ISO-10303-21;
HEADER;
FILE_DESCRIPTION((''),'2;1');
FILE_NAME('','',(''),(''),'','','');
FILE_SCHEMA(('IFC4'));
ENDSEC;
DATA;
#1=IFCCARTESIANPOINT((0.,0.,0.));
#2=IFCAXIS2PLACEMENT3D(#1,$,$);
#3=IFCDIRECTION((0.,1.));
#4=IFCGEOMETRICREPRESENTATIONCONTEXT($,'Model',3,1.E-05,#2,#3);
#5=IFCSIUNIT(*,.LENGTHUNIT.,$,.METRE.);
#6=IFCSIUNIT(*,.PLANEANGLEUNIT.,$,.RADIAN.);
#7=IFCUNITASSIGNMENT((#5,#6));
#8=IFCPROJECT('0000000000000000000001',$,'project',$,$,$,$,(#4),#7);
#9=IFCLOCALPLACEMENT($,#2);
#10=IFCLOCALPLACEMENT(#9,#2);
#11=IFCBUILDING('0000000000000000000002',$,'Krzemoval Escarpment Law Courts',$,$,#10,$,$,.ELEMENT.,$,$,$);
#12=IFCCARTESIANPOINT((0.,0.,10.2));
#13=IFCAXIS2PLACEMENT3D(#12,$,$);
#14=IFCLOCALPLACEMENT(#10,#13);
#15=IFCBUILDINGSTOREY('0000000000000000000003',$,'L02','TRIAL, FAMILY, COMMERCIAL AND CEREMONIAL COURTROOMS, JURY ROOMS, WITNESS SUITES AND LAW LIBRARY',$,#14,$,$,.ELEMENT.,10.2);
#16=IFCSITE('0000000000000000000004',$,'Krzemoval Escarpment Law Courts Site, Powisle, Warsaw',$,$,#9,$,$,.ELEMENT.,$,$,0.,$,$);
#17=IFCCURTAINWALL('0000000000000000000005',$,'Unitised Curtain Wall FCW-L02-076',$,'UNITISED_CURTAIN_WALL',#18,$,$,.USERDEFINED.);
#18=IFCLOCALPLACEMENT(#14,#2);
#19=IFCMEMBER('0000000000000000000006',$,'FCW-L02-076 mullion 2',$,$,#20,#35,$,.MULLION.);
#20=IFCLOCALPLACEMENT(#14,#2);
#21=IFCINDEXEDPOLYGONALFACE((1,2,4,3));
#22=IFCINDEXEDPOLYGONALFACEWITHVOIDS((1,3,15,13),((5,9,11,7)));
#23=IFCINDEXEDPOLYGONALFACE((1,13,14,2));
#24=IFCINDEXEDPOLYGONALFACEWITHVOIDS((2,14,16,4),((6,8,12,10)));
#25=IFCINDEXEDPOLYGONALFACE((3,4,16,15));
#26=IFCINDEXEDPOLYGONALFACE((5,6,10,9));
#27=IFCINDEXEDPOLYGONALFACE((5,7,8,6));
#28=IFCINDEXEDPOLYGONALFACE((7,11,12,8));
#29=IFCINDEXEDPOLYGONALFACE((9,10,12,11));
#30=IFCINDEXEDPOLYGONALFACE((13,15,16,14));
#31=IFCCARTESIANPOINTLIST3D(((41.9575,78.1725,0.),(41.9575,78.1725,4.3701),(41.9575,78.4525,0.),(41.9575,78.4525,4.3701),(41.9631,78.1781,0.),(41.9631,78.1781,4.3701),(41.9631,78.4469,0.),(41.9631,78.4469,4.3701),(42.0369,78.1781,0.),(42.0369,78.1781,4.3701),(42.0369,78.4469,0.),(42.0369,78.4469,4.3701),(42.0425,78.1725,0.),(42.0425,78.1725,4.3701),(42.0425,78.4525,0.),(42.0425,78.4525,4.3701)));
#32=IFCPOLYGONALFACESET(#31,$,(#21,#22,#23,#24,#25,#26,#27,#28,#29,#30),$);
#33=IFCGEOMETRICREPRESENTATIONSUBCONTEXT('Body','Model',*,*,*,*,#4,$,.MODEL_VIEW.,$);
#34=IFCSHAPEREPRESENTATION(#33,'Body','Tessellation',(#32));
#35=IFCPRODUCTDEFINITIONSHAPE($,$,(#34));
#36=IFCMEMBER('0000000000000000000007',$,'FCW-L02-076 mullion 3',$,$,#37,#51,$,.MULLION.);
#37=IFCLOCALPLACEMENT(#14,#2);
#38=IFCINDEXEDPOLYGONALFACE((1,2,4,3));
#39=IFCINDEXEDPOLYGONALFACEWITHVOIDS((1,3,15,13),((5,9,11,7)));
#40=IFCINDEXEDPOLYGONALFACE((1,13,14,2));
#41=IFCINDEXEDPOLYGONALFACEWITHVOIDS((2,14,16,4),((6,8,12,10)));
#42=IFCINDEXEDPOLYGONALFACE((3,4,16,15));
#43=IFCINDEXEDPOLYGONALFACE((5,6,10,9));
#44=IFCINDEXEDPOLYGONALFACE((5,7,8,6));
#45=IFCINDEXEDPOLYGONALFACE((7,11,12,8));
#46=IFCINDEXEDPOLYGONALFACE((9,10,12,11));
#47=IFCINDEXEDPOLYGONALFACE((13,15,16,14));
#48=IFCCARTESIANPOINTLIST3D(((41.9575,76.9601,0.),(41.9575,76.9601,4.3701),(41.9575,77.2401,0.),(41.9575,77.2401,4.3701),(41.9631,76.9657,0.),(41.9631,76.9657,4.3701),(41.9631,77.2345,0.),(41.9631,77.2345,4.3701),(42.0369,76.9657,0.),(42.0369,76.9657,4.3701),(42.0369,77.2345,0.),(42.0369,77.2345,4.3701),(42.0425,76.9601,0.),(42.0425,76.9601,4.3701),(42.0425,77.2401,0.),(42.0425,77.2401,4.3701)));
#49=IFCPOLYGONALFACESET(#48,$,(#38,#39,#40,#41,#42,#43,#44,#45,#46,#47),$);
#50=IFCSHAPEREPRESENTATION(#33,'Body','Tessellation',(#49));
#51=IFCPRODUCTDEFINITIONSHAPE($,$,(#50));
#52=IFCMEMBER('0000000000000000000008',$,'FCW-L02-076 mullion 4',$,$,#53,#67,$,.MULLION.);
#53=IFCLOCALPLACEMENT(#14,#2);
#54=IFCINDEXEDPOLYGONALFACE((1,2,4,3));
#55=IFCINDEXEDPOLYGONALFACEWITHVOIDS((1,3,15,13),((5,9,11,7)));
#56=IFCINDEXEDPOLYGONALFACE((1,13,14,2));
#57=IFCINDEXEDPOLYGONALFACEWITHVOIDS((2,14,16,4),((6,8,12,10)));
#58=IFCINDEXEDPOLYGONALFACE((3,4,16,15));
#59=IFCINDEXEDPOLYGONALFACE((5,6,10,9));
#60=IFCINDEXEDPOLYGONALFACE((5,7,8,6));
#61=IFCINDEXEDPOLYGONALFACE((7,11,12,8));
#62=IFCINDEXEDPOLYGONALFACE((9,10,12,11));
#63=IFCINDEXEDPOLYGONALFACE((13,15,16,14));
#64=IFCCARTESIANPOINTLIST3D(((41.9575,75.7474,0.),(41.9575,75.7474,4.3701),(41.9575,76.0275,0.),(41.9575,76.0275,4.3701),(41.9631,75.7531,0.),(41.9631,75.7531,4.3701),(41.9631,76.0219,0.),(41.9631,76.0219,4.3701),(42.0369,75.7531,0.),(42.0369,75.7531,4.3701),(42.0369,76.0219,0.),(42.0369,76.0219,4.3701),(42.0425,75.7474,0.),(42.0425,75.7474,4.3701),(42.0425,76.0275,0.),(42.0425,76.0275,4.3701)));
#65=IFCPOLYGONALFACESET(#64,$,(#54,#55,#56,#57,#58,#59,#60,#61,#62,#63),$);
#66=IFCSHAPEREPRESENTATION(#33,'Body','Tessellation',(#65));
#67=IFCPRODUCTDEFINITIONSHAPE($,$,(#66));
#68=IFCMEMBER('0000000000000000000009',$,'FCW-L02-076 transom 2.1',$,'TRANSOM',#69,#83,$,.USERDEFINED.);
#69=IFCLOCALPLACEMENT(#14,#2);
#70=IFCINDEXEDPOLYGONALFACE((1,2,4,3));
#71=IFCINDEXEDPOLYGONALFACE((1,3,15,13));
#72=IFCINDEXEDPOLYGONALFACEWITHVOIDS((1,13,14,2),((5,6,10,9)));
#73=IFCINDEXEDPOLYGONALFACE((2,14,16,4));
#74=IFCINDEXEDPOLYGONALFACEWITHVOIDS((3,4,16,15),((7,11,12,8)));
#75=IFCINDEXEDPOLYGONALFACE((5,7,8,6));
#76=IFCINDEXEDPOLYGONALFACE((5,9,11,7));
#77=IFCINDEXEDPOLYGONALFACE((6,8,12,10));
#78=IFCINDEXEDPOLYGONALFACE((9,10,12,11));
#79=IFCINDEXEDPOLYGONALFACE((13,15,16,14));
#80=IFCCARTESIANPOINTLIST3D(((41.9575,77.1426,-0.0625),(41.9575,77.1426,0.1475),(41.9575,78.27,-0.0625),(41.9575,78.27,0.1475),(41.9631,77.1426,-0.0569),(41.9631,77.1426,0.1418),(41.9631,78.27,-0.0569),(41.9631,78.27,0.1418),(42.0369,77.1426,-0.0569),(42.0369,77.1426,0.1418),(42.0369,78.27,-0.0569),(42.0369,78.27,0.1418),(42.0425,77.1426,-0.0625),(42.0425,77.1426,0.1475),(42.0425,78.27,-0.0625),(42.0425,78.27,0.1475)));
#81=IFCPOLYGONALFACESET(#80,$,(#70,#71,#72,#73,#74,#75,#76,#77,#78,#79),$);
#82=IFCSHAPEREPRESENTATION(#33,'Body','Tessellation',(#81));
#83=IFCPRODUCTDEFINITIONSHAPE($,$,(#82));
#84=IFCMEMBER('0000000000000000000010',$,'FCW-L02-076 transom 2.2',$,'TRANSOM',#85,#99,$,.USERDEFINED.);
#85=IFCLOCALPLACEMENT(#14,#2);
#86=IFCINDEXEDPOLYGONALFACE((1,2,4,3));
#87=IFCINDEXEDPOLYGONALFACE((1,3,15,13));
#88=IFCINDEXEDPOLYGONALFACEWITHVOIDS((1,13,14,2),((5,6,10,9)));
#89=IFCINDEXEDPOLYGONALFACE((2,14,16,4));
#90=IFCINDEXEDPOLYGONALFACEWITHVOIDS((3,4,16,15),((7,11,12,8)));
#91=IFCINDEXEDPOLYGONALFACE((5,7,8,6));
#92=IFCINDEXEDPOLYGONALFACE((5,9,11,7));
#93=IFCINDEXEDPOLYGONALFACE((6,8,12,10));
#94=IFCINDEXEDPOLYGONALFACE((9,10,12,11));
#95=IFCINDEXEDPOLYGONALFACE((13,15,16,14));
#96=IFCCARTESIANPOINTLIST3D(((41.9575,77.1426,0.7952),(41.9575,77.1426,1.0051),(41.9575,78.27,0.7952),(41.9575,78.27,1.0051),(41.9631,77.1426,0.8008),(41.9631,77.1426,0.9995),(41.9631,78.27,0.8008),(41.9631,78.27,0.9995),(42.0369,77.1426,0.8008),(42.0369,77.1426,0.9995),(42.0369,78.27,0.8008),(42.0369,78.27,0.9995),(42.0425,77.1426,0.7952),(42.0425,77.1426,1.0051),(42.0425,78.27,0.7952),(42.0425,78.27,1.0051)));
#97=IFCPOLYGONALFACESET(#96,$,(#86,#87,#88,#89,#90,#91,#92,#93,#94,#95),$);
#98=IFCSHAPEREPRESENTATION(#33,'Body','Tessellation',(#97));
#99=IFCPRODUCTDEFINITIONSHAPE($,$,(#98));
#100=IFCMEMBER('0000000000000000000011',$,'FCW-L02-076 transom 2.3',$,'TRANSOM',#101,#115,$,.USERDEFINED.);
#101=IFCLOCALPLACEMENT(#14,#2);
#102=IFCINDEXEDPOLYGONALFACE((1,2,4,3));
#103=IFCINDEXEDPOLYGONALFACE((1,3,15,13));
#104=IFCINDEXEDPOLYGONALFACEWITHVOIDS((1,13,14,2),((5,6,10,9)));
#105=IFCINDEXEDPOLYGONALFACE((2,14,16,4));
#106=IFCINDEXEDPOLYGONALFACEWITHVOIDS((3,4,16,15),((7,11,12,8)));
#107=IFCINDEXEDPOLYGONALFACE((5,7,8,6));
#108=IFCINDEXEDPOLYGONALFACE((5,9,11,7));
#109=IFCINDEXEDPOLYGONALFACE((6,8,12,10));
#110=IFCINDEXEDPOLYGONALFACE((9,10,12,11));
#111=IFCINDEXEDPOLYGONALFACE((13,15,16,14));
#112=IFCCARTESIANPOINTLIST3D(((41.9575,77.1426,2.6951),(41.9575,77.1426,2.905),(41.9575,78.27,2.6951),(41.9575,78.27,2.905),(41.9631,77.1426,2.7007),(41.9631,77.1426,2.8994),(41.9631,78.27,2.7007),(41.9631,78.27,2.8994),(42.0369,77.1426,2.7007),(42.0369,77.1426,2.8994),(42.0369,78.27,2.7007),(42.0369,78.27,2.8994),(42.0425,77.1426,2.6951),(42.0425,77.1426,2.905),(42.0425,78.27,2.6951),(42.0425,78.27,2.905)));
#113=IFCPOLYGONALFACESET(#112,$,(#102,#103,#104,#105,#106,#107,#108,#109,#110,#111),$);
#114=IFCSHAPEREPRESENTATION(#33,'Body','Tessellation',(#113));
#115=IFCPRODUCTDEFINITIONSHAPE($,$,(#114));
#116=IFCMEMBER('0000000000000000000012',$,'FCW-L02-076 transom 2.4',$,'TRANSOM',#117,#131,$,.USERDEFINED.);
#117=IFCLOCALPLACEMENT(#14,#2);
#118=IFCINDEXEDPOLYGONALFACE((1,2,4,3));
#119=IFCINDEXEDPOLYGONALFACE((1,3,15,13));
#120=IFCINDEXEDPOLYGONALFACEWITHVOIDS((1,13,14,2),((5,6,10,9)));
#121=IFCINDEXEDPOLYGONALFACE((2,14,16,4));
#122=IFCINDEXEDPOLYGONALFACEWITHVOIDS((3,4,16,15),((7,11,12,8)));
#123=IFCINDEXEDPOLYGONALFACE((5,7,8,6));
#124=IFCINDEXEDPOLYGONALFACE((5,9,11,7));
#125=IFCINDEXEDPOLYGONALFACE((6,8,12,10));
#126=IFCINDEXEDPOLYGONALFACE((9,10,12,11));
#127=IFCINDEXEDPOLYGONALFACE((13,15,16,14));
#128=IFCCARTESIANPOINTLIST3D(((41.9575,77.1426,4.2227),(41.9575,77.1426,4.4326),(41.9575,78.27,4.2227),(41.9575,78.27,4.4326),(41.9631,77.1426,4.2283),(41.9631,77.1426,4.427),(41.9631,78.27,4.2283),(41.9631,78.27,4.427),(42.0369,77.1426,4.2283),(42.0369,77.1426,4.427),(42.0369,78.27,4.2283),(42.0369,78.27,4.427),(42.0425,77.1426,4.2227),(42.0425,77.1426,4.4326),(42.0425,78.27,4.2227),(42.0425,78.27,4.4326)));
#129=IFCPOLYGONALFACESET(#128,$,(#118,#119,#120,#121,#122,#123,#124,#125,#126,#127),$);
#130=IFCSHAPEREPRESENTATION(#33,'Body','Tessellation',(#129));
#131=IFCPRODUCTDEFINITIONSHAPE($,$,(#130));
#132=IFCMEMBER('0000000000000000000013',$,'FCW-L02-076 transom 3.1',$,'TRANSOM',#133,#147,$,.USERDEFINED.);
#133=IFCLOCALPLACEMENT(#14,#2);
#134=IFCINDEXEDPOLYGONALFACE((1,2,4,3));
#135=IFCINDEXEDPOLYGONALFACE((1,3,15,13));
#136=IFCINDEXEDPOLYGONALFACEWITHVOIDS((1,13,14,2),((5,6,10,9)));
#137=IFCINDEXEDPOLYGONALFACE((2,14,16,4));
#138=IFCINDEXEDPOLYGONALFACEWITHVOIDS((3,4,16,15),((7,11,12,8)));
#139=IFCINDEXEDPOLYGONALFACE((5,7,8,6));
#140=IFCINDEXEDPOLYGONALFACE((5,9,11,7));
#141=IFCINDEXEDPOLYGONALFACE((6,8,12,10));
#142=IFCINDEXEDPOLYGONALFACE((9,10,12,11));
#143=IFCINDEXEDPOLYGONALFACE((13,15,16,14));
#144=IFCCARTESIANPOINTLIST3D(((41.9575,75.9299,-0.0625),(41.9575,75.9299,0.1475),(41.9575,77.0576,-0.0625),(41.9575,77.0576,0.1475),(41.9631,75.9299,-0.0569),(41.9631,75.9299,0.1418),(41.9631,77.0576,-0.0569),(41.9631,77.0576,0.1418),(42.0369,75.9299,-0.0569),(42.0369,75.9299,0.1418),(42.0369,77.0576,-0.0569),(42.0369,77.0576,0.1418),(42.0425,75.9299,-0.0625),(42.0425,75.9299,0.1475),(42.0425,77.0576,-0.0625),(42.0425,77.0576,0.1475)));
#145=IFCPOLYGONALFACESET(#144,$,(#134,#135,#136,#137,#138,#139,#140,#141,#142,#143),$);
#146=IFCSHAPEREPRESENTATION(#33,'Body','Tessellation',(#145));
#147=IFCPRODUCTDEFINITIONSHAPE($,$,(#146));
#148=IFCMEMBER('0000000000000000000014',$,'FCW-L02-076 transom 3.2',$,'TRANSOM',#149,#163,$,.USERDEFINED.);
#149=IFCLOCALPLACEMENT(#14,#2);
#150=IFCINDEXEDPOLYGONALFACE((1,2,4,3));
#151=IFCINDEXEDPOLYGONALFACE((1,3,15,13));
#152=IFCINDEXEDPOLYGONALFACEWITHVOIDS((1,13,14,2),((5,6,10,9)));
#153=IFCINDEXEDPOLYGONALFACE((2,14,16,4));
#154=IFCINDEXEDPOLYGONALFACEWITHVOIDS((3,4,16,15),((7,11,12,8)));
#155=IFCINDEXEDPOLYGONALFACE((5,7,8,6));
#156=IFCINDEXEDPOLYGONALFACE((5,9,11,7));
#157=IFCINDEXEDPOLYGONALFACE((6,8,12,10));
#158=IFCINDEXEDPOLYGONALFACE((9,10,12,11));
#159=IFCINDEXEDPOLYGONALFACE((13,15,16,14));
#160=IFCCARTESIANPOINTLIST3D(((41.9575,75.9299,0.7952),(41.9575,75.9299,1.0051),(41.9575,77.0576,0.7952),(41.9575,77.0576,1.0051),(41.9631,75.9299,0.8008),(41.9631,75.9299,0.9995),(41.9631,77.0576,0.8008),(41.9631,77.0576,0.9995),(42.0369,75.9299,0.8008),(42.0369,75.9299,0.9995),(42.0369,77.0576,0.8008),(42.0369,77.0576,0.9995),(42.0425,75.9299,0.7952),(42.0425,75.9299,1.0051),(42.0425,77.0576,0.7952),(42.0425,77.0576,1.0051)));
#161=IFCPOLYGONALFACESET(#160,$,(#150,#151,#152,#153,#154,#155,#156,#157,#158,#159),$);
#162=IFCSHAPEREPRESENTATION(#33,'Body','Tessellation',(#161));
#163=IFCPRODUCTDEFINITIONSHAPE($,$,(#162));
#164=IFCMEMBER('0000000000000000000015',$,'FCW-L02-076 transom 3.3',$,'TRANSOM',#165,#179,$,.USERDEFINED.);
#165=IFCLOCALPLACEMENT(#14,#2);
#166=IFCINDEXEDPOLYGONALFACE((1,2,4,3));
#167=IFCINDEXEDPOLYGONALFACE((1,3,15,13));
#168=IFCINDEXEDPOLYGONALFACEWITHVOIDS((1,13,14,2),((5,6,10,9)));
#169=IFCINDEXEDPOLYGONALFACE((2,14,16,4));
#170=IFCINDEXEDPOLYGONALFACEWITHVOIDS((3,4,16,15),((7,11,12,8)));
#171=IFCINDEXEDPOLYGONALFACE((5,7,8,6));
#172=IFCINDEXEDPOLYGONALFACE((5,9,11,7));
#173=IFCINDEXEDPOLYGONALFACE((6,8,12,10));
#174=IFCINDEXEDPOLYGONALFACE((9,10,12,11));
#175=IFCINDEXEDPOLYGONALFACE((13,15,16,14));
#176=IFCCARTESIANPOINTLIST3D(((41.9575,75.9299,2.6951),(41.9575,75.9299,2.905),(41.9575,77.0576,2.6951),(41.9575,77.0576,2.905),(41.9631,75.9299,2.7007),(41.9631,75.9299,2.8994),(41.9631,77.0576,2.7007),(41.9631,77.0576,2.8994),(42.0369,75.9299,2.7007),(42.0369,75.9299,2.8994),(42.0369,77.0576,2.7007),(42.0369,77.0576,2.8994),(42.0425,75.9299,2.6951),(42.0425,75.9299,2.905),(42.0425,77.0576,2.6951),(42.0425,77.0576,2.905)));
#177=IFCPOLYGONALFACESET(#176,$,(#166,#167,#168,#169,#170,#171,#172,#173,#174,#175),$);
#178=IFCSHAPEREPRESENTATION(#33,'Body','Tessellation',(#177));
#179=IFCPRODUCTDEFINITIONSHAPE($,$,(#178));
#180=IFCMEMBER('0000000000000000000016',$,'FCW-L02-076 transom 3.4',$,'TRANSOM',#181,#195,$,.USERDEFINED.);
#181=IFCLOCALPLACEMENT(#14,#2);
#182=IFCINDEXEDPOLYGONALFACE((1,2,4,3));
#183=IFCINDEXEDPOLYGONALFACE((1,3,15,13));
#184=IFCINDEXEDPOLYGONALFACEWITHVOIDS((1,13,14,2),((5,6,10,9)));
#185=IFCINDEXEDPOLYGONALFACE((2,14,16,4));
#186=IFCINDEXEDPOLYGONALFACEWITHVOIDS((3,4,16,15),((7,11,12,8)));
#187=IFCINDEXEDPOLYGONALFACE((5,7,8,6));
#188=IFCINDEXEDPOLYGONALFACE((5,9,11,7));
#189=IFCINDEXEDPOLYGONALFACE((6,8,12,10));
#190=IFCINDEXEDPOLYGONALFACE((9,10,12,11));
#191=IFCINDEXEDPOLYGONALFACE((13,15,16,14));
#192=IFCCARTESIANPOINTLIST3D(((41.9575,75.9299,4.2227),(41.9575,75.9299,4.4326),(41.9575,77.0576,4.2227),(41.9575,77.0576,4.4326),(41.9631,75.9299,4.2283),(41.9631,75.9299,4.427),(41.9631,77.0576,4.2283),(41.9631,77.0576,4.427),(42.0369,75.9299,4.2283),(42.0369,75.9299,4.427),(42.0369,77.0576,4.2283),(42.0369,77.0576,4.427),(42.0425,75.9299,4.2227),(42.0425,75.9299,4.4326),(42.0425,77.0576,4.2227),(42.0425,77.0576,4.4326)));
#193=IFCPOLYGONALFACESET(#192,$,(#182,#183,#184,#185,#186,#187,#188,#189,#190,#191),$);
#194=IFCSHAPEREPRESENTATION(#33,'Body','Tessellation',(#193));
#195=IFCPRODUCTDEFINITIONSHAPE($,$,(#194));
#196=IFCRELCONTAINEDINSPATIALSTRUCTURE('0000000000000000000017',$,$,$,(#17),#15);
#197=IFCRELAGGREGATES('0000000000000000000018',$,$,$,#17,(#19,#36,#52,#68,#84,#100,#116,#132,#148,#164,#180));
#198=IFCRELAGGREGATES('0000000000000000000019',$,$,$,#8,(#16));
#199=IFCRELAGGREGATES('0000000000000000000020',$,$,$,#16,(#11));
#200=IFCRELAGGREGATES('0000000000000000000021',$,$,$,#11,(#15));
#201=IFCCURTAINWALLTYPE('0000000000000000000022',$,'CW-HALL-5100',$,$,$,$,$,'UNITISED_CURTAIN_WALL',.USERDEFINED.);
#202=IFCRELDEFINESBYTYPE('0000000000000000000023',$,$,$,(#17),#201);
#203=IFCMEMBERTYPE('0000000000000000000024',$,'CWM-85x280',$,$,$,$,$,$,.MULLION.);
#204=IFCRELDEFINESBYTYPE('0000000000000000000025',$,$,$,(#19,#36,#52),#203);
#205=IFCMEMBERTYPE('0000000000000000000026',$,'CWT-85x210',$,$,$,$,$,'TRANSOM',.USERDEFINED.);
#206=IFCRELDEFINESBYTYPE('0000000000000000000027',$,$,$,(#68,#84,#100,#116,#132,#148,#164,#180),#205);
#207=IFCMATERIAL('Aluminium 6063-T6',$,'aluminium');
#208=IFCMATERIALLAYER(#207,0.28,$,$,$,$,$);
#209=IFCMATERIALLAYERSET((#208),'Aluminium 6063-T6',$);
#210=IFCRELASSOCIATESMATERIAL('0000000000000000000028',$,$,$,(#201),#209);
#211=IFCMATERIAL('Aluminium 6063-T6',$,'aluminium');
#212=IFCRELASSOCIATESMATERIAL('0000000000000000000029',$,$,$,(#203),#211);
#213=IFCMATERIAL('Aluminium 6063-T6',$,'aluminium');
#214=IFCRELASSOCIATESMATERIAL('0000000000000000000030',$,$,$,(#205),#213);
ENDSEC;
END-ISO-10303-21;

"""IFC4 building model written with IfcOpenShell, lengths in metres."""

from ifc_helpers import new_model, si_unit, direction, frame, origin, origin_2d, place, context, subcontext, project, spatial, hollow_rectangle, extrude, material, layer, layer_set, material_profile, profile_set, type_object, element, aggregate, save


model = new_model("IFC4")

# Units and contexts
model_context = context("Model", 3, precision=1e-05, world=origin(), true_north=direction((0.0, 1.0)))
body_context = subcontext(model_context, "Body", "Model", "MODEL_VIEW")
ifc_project = project(units=[si_unit("LENGTHUNIT", "METRE"), si_unit("PLANEANGLEUNIT", "RADIAN")], contexts=[model_context])

# Site, building, storey
site_placement = place(None, origin())
site = spatial("IfcSite", under=ifc_project, at=site_placement, Name="Krzemoval Escarpment Law Courts Site, Powisle, Warsaw", CompositionType="ELEMENT", RefElevation=0.0)
building_placement = place(site_placement, origin())
building = spatial("IfcBuilding", under=site, at=building_placement, Name="Krzemoval Escarpment Law Courts", CompositionType="ELEMENT")
storey_placement = place(building_placement, frame((0.0, 0.0, 10.2)))
storey = spatial("IfcBuildingStorey", under=building, at=storey_placement, Name="L02", Description="TRIAL, FAMILY, COMMERCIAL AND CEREMONIAL COURTROOMS, JURY ROOMS, WITNESS SUITES AND LAW LIBRARY", CompositionType="ELEMENT", Elevation=10.2)

# Curtain wall, members
ifc_material_1 = material(Name="Aluminium 6063-T6", Category="aluminium")
ifc_layer_1 = layer(ifc_material_1, 0.28)
ifc_layer_set_1 = layer_set([ifc_layer_1], Name="Aluminium 6063-T6")
curtain_wall_type = type_object("IfcCurtainWallType", Name="CW-HALL-5100", ElementType="UNITISED_CURTAIN_WALL", PredefinedType="USERDEFINED", material=ifc_layer_set_1)
curtain_wall_placement = place(storey_placement, origin())
curtain_wall = element("IfcCurtainWall", 1, at=curtain_wall_placement, inside=storey, type_object=curtain_wall_type, Name="Unitised Curtain Wall FCW-L02-076", ObjectType="UNITISED_CURTAIN_WALL", PredefinedType="USERDEFINED")
ifc_material_2 = material(Name="Aluminium 6063-T6", Category="aluminium")
ifc_material_profile_1 = material_profile(ifc_material_2, hollow_rectangle(XDim=0.085, YDim=0.28, WallThickness=0.0056, at=origin_2d()), Name="ALU M85x280")
ifc_profile_set_1 = profile_set([ifc_material_profile_1], Name="Aluminium 6063-T6")
member_type_1 = type_object("IfcMemberType", Name="CWM-85x280", PredefinedType="MULLION", material=ifc_profile_set_1)
member_1_placement = place(storey_placement, frame((42.0, 78.3125, 0.0), z_axis=(0.0, 0.0, 1.0), x_axis=(1.0, 0.0, 0.0)))
member_1 = element("IfcMember", 2, at=member_1_placement, type_object=member_type_1, Name="FCW-L02-076 mullion 2", PredefinedType="MULLION", context=body_context, shape_type="SweptSolid", body=[
    extrude(hollow_rectangle(XDim=0.085, YDim=0.28, WallThickness=0.0056, at=origin_2d()), origin(), (0.0, 0.0, 1.0), 4.3701),
])
member_2_placement = place(storey_placement, frame((42.0, 77.1001, 0.0), z_axis=(0.0, 0.0, 1.0), x_axis=(1.0, 0.0, 0.0)))
member_2 = element("IfcMember", 3, at=member_2_placement, type_object=member_type_1, Name="FCW-L02-076 mullion 3", PredefinedType="MULLION", context=body_context, shape_type="SweptSolid", body=[
    extrude(hollow_rectangle(XDim=0.085, YDim=0.28, WallThickness=0.0056, at=origin_2d()), origin(), (0.0, 0.0, 1.0), 4.3701),
])
member_3_placement = place(storey_placement, frame((42.0, 75.8875, 0.0), z_axis=(0.0, 0.0, 1.0), x_axis=(1.0, 0.0, 0.0)))
member_3 = element("IfcMember", 4, at=member_3_placement, type_object=member_type_1, Name="FCW-L02-076 mullion 4", PredefinedType="MULLION", context=body_context, shape_type="SweptSolid", body=[
    extrude(hollow_rectangle(XDim=0.085, YDim=0.28, WallThickness=0.0056, at=origin_2d()), origin(), (0.0, 0.0, 1.0), 4.3701),
])
ifc_material_3 = material(Name="Aluminium 6063-T6", Category="aluminium")
ifc_material_profile_2 = material_profile(ifc_material_3, hollow_rectangle(XDim=0.085, YDim=0.21, WallThickness=0.0056, at=origin_2d()), Name="ALU T85x210")
ifc_profile_set_2 = profile_set([ifc_material_profile_2], Name="Aluminium 6063-T6")
member_type_2 = type_object("IfcMemberType", Name="CWT-85x210", ElementType="TRANSOM", PredefinedType="USERDEFINED", material=ifc_profile_set_2)
member_4_placement = place(storey_placement, frame((42.0, 78.27, 0.0425), z_axis=(0.0, -1.0, 0.0), x_axis=(1.0, 0.0, 0.0)))
member_4 = element("IfcMember", 5, at=member_4_placement, type_object=member_type_2, Name="FCW-L02-076 transom 2.1", ObjectType="TRANSOM", PredefinedType="USERDEFINED", context=body_context, shape_type="SweptSolid", body=[
    extrude(hollow_rectangle(XDim=0.085, YDim=0.21, WallThickness=0.0056, at=origin_2d()), origin(), (0.0, 0.0, 1.0), 1.1274),
])
member_5_placement = place(storey_placement, frame((42.0, 78.27, 0.9001), z_axis=(0.0, -1.0, 0.0), x_axis=(1.0, 0.0, 0.0)))
member_5 = element("IfcMember", 6, at=member_5_placement, type_object=member_type_2, Name="FCW-L02-076 transom 2.2", ObjectType="TRANSOM", PredefinedType="USERDEFINED", context=body_context, shape_type="SweptSolid", body=[
    extrude(hollow_rectangle(XDim=0.085, YDim=0.21, WallThickness=0.0056, at=origin_2d()), origin(), (0.0, 0.0, 1.0), 1.1274),
])
member_6_placement = place(storey_placement, frame((42.0, 78.27, 2.8), z_axis=(0.0, -1.0, 0.0), x_axis=(1.0, 0.0, 0.0)))
member_6 = element("IfcMember", 7, at=member_6_placement, type_object=member_type_2, Name="FCW-L02-076 transom 2.3", ObjectType="TRANSOM", PredefinedType="USERDEFINED", context=body_context, shape_type="SweptSolid", body=[
    extrude(hollow_rectangle(XDim=0.085, YDim=0.21, WallThickness=0.0056, at=origin_2d()), origin(), (0.0, 0.0, 1.0), 1.1274),
])
member_7_placement = place(storey_placement, frame((42.0, 78.27, 4.3276), z_axis=(0.0, -1.0, 0.0), x_axis=(1.0, 0.0, 0.0)))
member_7 = element("IfcMember", 8, at=member_7_placement, type_object=member_type_2, Name="FCW-L02-076 transom 2.4", ObjectType="TRANSOM", PredefinedType="USERDEFINED", context=body_context, shape_type="SweptSolid", body=[
    extrude(hollow_rectangle(XDim=0.085, YDim=0.21, WallThickness=0.0056, at=origin_2d()), origin(), (0.0, 0.0, 1.0), 1.1274),
])
member_8_placement = place(storey_placement, frame((42.0, 77.0576, 0.0425), z_axis=(0.0, -1.0, 0.0), x_axis=(1.0, 0.0, 0.0)))
member_8 = element("IfcMember", 9, at=member_8_placement, type_object=member_type_2, Name="FCW-L02-076 transom 3.1", ObjectType="TRANSOM", PredefinedType="USERDEFINED", context=body_context, shape_type="SweptSolid", body=[
    extrude(hollow_rectangle(XDim=0.085, YDim=0.21, WallThickness=0.0056, at=origin_2d()), origin(), (0.0, 0.0, 1.0), 1.1277),
])
member_9_placement = place(storey_placement, frame((42.0, 77.0576, 0.9001), z_axis=(0.0, -1.0, 0.0), x_axis=(1.0, 0.0, 0.0)))
member_9 = element("IfcMember", 10, at=member_9_placement, type_object=member_type_2, Name="FCW-L02-076 transom 3.2", ObjectType="TRANSOM", PredefinedType="USERDEFINED", context=body_context, shape_type="SweptSolid", body=[
    extrude(hollow_rectangle(XDim=0.085, YDim=0.21, WallThickness=0.0056, at=origin_2d()), origin(), (0.0, 0.0, 1.0), 1.1277),
])
member_10_placement = place(storey_placement, frame((42.0, 77.0576, 2.8), z_axis=(0.0, -1.0, 0.0), x_axis=(1.0, 0.0, 0.0)))
member_10 = element("IfcMember", 11, at=member_10_placement, type_object=member_type_2, Name="FCW-L02-076 transom 3.3", ObjectType="TRANSOM", PredefinedType="USERDEFINED", context=body_context, shape_type="SweptSolid", body=[
    extrude(hollow_rectangle(XDim=0.085, YDim=0.21, WallThickness=0.0056, at=origin_2d()), origin(), (0.0, 0.0, 1.0), 1.1277),
])
member_11_placement = place(storey_placement, frame((42.0, 77.0576, 4.3276), z_axis=(0.0, -1.0, 0.0), x_axis=(1.0, 0.0, 0.0)))
member_11 = element("IfcMember", 12, at=member_11_placement, type_object=member_type_2, Name="FCW-L02-076 transom 3.4", ObjectType="TRANSOM", PredefinedType="USERDEFINED", context=body_context, shape_type="SweptSolid", body=[
    extrude(hollow_rectangle(XDim=0.085, YDim=0.21, WallThickness=0.0056, at=origin_2d()), origin(), (0.0, 0.0, 1.0), 1.1277),
])

aggregate(curtain_wall, [member_1, member_2, member_3, member_4, member_5, member_6, member_7, member_8, member_9, member_10, member_11])

save(model, "model.ifc")
